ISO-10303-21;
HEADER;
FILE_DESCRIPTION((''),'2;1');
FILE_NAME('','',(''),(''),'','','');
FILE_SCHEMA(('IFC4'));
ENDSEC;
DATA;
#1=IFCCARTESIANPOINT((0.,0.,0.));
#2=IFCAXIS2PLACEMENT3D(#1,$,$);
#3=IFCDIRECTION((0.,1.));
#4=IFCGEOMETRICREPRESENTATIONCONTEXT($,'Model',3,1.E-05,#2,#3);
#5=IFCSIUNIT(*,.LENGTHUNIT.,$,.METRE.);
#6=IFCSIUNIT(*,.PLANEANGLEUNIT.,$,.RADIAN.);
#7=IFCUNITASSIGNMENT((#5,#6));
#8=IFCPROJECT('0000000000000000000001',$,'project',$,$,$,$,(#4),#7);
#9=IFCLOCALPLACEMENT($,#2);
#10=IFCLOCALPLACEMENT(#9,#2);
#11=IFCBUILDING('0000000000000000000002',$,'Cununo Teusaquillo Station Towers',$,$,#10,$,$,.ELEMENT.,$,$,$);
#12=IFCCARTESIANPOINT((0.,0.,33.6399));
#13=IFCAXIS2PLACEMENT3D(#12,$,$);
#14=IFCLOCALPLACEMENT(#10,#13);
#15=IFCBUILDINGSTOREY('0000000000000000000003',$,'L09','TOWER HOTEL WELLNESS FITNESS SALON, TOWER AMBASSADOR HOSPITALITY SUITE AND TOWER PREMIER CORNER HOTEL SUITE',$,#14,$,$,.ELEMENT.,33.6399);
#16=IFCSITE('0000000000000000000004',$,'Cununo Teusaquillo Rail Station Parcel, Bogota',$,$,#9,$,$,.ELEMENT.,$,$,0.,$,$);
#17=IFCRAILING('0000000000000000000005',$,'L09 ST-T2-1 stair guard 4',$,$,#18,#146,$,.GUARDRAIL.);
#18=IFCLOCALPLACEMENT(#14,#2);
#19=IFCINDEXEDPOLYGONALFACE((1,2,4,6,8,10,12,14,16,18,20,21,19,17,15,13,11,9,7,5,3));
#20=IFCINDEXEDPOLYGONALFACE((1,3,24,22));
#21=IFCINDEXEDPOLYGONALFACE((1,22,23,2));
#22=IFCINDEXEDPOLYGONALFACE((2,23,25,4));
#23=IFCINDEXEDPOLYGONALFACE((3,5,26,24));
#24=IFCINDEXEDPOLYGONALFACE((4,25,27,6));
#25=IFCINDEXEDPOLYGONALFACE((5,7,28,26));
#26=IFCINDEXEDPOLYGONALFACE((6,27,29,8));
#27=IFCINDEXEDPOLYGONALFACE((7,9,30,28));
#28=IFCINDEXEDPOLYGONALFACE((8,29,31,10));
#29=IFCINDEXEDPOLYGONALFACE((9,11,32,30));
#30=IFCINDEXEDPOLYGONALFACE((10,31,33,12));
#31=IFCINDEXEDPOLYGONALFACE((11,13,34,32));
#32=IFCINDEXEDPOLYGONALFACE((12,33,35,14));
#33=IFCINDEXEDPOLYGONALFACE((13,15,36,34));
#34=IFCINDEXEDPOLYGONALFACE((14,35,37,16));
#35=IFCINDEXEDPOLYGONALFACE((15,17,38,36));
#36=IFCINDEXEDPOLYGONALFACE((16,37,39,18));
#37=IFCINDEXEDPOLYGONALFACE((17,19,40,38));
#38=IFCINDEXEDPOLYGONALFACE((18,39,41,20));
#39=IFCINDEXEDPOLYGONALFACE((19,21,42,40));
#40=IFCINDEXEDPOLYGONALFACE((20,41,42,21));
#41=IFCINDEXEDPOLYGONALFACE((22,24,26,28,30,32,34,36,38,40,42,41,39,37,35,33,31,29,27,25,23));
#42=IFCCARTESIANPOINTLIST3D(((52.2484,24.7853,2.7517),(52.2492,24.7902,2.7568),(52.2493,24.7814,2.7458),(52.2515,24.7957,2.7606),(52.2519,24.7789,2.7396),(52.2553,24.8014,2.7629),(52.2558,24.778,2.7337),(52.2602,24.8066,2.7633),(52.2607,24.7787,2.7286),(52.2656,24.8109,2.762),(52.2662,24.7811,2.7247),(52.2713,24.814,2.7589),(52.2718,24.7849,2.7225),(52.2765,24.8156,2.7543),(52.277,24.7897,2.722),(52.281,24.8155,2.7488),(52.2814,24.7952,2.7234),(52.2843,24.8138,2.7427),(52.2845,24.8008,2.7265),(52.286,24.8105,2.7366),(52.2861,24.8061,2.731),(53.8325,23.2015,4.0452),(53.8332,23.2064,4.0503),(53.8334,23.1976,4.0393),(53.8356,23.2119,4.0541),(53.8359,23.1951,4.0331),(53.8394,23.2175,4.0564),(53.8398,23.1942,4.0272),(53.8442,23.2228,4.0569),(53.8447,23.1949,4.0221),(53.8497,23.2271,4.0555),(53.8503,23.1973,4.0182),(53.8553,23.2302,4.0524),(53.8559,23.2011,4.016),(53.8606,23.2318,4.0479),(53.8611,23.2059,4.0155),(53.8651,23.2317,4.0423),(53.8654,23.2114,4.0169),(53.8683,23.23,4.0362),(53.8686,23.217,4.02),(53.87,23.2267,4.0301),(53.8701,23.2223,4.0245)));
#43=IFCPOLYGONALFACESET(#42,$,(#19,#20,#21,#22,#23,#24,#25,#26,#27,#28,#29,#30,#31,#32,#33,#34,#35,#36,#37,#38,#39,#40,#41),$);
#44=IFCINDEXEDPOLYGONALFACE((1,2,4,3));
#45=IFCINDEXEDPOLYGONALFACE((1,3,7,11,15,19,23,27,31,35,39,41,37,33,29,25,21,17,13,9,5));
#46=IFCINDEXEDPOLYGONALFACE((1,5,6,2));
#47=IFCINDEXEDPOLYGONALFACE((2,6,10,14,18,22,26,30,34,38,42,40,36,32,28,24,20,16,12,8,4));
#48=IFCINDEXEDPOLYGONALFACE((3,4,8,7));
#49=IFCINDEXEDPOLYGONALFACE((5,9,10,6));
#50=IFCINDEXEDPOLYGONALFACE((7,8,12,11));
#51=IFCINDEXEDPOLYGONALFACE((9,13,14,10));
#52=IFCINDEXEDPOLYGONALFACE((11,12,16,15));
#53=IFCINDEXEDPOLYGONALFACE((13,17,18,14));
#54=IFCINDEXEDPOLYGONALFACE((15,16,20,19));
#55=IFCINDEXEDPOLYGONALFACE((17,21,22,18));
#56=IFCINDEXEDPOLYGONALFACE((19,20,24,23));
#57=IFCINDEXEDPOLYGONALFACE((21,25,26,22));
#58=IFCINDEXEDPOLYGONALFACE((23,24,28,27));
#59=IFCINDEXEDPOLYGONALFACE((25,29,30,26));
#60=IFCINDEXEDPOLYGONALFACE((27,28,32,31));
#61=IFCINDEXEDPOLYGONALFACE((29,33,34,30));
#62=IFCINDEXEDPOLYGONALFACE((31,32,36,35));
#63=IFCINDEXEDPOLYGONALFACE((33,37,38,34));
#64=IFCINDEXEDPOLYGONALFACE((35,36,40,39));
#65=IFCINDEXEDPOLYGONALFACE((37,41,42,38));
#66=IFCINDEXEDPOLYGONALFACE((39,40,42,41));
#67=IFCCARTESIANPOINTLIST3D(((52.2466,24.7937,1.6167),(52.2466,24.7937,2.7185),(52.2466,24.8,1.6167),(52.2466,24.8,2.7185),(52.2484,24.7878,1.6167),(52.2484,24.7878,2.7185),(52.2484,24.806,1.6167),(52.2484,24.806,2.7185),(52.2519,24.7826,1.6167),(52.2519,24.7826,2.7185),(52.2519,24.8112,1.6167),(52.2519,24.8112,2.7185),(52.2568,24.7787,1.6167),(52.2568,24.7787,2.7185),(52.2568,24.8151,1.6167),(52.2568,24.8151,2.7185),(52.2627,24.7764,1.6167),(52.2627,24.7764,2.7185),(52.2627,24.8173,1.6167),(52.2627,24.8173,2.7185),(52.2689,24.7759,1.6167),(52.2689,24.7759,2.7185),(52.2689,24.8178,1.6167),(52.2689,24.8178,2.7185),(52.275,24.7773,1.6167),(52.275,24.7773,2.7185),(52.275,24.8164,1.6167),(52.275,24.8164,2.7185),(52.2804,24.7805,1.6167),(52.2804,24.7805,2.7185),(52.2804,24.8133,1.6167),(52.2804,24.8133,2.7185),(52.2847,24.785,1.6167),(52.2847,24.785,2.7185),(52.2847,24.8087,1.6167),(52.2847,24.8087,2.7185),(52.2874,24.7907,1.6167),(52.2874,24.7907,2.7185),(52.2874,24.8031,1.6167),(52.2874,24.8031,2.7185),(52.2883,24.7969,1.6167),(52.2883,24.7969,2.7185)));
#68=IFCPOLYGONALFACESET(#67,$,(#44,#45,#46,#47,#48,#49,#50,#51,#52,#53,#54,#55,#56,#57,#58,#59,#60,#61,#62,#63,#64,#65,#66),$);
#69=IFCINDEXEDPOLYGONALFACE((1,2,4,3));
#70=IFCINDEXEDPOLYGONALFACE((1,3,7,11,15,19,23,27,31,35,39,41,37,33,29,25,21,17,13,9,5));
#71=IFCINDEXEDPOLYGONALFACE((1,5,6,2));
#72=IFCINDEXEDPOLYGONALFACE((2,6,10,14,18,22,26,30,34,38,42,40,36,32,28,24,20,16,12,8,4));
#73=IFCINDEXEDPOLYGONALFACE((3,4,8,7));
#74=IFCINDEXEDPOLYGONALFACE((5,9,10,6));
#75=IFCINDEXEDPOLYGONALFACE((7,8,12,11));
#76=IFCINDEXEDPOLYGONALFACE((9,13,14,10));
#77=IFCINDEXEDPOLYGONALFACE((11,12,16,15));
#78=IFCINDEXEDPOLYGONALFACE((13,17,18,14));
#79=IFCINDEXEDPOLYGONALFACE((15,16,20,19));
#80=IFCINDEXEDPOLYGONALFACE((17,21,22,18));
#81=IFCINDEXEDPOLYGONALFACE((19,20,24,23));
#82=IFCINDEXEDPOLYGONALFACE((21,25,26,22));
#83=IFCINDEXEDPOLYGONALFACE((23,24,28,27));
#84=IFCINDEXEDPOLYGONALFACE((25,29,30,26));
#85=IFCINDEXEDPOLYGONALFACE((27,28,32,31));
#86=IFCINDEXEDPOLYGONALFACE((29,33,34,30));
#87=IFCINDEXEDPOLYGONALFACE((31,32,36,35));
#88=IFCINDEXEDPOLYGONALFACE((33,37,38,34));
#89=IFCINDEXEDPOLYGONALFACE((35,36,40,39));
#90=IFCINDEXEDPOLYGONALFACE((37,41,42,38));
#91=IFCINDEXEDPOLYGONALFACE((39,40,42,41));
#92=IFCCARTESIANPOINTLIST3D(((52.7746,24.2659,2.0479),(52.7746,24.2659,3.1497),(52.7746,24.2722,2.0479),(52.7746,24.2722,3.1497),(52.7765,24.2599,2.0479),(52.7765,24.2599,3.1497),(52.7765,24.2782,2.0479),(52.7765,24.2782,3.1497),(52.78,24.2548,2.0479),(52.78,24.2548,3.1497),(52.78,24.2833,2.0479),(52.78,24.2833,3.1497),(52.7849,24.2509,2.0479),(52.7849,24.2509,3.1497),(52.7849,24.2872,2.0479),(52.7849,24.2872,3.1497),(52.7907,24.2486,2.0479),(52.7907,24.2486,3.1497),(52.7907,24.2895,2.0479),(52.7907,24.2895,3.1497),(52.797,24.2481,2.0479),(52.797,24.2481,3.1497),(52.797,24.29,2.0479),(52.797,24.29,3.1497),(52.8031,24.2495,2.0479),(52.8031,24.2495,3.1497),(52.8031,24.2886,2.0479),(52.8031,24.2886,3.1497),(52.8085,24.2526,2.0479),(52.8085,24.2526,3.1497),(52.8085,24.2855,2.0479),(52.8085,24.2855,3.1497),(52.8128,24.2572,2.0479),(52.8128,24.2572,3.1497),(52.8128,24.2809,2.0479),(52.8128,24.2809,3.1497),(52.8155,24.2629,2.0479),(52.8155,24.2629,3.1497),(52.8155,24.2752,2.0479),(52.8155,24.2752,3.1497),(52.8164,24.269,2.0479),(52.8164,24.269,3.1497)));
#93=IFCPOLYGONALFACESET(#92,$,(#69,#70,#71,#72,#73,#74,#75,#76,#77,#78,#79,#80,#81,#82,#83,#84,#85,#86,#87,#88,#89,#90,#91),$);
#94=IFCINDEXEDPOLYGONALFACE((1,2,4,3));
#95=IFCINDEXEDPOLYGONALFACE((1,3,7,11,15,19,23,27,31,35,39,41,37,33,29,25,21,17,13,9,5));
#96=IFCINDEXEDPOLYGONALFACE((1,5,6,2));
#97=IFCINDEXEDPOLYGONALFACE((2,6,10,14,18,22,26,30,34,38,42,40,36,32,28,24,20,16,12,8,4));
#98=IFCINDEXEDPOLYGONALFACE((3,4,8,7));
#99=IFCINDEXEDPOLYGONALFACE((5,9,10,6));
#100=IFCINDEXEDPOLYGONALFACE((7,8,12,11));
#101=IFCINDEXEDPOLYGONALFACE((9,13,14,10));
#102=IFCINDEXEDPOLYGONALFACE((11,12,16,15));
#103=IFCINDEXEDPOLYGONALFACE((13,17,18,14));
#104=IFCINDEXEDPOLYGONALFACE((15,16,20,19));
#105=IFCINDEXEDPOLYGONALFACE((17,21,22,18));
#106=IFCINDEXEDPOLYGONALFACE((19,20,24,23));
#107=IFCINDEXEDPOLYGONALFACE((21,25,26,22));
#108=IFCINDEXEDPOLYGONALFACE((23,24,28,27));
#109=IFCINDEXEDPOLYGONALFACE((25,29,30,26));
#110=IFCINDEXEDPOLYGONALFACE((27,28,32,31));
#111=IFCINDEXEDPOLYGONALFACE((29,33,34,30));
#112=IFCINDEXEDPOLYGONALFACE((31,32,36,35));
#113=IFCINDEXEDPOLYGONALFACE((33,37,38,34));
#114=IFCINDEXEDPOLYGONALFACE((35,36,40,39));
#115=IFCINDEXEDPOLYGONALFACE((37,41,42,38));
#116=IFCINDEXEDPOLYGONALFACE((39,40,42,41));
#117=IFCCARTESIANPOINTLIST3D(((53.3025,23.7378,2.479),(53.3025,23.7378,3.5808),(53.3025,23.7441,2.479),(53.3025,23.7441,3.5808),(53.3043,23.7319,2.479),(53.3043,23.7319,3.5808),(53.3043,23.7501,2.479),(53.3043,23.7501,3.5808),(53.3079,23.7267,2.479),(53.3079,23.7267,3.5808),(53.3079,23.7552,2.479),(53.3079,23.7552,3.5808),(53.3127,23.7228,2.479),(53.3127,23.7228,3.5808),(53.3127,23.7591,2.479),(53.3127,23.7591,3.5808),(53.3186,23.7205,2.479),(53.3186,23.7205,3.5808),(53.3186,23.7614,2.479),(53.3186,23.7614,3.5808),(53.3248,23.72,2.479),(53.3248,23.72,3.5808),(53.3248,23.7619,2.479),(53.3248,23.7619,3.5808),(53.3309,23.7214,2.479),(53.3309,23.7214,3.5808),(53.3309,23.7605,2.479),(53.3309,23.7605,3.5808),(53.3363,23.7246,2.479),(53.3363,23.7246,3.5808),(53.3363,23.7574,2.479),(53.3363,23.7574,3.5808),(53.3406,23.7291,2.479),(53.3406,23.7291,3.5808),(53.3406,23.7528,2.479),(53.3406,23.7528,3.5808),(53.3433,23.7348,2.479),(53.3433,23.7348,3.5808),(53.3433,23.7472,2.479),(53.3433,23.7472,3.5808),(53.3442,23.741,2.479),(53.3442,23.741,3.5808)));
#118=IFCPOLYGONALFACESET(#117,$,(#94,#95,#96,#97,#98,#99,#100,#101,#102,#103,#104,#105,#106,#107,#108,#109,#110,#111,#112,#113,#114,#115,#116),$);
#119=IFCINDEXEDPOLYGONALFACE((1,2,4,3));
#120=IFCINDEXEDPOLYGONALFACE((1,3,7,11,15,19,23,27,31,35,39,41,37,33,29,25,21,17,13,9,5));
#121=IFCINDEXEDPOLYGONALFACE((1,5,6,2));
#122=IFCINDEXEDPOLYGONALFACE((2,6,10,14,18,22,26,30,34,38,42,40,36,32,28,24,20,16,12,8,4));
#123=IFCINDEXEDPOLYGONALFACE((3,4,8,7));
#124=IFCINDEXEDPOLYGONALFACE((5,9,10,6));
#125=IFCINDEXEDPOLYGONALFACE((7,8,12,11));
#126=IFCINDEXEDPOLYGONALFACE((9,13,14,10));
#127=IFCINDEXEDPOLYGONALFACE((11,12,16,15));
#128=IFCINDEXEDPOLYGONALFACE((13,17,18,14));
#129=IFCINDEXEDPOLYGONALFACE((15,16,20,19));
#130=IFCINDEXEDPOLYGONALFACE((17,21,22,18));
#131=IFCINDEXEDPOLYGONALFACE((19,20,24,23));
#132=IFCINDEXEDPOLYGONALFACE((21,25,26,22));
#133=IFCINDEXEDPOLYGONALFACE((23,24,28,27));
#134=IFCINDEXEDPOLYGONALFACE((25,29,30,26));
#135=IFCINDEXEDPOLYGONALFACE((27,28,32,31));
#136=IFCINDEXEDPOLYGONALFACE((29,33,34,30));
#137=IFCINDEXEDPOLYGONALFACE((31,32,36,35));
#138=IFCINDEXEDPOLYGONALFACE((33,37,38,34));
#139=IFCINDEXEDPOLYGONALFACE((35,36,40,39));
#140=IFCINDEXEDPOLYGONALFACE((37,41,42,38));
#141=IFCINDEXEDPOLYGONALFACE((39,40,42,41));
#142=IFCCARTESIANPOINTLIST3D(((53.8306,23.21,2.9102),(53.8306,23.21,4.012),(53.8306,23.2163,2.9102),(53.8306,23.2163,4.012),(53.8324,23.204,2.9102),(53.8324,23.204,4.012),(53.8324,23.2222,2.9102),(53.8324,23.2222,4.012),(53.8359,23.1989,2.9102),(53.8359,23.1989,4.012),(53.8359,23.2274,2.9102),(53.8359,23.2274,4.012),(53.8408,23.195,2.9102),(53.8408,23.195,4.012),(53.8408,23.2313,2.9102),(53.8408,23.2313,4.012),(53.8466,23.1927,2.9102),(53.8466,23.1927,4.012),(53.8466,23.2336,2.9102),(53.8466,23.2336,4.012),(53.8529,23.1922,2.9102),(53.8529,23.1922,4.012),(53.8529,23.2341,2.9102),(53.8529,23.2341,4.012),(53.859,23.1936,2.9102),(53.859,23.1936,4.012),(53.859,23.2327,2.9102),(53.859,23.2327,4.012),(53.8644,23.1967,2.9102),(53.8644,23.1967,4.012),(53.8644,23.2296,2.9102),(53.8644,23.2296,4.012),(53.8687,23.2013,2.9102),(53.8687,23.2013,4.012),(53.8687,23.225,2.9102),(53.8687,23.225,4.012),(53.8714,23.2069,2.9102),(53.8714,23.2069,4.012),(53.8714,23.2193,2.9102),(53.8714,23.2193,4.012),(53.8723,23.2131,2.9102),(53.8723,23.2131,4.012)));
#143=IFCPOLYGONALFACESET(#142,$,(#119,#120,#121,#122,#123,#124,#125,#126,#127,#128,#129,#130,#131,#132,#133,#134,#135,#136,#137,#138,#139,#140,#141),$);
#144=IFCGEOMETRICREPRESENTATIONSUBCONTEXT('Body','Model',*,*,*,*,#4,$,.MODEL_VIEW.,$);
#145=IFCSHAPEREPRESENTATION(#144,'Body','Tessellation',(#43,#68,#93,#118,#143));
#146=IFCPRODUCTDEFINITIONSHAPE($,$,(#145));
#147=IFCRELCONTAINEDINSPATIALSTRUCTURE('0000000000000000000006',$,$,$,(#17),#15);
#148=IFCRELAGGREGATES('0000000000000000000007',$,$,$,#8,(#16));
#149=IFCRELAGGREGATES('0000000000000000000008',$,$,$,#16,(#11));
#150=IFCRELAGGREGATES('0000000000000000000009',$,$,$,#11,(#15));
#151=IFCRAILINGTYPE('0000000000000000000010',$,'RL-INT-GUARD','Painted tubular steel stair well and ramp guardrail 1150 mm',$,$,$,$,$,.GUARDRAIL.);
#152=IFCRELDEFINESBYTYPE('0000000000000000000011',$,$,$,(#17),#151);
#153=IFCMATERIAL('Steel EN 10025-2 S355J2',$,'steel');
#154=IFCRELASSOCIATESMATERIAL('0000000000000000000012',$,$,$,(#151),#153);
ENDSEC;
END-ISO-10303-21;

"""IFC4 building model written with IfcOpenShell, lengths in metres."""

from ifc_helpers import new_model, si_unit, direction, frame, origin, origin_2d, place, context, subcontext, project, spatial, circle, extrude, material, type_object, element, save


model = new_model("IFC4")

# Units and contexts
model_context = context("Model", 3, precision=1e-05, world=origin(), true_north=direction((0.0, 1.0)))
body_context = subcontext(model_context, "Body", "Model", "MODEL_VIEW")
ifc_project = project(units=[si_unit("LENGTHUNIT", "METRE"), si_unit("PLANEANGLEUNIT", "RADIAN")], contexts=[model_context])

# Site, building, storey
site_placement = place(None, origin())
site = spatial("IfcSite", under=ifc_project, at=site_placement, Name="Cununo Teusaquillo Rail Station Parcel, Bogota", CompositionType="ELEMENT", RefElevation=0.0)
building_placement = place(site_placement, origin())
building = spatial("IfcBuilding", under=site, at=building_placement, Name="Cununo Teusaquillo Station Towers", CompositionType="ELEMENT")
storey_placement = place(building_placement, frame((0.0, 0.0, 33.6399)))
storey = spatial("IfcBuildingStorey", under=building, at=storey_placement, Name="L09", Description="TOWER HOTEL WELLNESS FITNESS SALON, TOWER AMBASSADOR HOSPITALITY SUITE AND TOWER PREMIER CORNER HOTEL SUITE", CompositionType="ELEMENT", Elevation=33.6399)

# Railing
ifc_material_1 = material(Name="Steel EN 10025-2 S355J2", Category="steel")
railing_type_1 = type_object("IfcRailingType", Name="RL-INT-GUARD", Description="Painted tubular steel stair well and ramp guardrail 1150 mm", PredefinedType="GUARDRAIL", material=ifc_material_1)
railing_1_placement = place(storey_placement, frame((52.2673, 24.7969, 1.6167)))
element("IfcRailing", 1, at=railing_1_placement, inside=storey, type_object=railing_type_1, Name="L09 ST-T2-1 stair guard 4", PredefinedType="GUARDRAIL", context=body_context, shape_type="SweptSolid", body=[
    extrude(circle(Radius=0.0239, at=origin_2d()), frame((0.0, 0.0, 1.126), z_axis=(0.612391, -0.612297, 0.500069), x_axis=(0.707052, 0.707161, 0.0)), (0.0, 0.0, 1.0), 2.5867),
    extrude(circle(Radius=0.021, at=origin_2d()), origin(), (0.0, 0.0, 1.0), 1.1018),
    extrude(circle(Radius=0.021, at=origin_2d()), frame((0.5281, -0.5278, 0.4312)), (0.0, 0.0, 1.0), 1.1018),
    extrude(circle(Radius=0.021, at=origin_2d()), frame((1.0559, -1.0559, 0.8623)), (0.0, 0.0, 1.0), 1.1018),
    extrude(circle(Radius=0.021, at=origin_2d()), frame((1.584, -1.5837, 1.2935)), (0.0, 0.0, 1.0), 1.1018),
])

save(model, "model.ifc")
